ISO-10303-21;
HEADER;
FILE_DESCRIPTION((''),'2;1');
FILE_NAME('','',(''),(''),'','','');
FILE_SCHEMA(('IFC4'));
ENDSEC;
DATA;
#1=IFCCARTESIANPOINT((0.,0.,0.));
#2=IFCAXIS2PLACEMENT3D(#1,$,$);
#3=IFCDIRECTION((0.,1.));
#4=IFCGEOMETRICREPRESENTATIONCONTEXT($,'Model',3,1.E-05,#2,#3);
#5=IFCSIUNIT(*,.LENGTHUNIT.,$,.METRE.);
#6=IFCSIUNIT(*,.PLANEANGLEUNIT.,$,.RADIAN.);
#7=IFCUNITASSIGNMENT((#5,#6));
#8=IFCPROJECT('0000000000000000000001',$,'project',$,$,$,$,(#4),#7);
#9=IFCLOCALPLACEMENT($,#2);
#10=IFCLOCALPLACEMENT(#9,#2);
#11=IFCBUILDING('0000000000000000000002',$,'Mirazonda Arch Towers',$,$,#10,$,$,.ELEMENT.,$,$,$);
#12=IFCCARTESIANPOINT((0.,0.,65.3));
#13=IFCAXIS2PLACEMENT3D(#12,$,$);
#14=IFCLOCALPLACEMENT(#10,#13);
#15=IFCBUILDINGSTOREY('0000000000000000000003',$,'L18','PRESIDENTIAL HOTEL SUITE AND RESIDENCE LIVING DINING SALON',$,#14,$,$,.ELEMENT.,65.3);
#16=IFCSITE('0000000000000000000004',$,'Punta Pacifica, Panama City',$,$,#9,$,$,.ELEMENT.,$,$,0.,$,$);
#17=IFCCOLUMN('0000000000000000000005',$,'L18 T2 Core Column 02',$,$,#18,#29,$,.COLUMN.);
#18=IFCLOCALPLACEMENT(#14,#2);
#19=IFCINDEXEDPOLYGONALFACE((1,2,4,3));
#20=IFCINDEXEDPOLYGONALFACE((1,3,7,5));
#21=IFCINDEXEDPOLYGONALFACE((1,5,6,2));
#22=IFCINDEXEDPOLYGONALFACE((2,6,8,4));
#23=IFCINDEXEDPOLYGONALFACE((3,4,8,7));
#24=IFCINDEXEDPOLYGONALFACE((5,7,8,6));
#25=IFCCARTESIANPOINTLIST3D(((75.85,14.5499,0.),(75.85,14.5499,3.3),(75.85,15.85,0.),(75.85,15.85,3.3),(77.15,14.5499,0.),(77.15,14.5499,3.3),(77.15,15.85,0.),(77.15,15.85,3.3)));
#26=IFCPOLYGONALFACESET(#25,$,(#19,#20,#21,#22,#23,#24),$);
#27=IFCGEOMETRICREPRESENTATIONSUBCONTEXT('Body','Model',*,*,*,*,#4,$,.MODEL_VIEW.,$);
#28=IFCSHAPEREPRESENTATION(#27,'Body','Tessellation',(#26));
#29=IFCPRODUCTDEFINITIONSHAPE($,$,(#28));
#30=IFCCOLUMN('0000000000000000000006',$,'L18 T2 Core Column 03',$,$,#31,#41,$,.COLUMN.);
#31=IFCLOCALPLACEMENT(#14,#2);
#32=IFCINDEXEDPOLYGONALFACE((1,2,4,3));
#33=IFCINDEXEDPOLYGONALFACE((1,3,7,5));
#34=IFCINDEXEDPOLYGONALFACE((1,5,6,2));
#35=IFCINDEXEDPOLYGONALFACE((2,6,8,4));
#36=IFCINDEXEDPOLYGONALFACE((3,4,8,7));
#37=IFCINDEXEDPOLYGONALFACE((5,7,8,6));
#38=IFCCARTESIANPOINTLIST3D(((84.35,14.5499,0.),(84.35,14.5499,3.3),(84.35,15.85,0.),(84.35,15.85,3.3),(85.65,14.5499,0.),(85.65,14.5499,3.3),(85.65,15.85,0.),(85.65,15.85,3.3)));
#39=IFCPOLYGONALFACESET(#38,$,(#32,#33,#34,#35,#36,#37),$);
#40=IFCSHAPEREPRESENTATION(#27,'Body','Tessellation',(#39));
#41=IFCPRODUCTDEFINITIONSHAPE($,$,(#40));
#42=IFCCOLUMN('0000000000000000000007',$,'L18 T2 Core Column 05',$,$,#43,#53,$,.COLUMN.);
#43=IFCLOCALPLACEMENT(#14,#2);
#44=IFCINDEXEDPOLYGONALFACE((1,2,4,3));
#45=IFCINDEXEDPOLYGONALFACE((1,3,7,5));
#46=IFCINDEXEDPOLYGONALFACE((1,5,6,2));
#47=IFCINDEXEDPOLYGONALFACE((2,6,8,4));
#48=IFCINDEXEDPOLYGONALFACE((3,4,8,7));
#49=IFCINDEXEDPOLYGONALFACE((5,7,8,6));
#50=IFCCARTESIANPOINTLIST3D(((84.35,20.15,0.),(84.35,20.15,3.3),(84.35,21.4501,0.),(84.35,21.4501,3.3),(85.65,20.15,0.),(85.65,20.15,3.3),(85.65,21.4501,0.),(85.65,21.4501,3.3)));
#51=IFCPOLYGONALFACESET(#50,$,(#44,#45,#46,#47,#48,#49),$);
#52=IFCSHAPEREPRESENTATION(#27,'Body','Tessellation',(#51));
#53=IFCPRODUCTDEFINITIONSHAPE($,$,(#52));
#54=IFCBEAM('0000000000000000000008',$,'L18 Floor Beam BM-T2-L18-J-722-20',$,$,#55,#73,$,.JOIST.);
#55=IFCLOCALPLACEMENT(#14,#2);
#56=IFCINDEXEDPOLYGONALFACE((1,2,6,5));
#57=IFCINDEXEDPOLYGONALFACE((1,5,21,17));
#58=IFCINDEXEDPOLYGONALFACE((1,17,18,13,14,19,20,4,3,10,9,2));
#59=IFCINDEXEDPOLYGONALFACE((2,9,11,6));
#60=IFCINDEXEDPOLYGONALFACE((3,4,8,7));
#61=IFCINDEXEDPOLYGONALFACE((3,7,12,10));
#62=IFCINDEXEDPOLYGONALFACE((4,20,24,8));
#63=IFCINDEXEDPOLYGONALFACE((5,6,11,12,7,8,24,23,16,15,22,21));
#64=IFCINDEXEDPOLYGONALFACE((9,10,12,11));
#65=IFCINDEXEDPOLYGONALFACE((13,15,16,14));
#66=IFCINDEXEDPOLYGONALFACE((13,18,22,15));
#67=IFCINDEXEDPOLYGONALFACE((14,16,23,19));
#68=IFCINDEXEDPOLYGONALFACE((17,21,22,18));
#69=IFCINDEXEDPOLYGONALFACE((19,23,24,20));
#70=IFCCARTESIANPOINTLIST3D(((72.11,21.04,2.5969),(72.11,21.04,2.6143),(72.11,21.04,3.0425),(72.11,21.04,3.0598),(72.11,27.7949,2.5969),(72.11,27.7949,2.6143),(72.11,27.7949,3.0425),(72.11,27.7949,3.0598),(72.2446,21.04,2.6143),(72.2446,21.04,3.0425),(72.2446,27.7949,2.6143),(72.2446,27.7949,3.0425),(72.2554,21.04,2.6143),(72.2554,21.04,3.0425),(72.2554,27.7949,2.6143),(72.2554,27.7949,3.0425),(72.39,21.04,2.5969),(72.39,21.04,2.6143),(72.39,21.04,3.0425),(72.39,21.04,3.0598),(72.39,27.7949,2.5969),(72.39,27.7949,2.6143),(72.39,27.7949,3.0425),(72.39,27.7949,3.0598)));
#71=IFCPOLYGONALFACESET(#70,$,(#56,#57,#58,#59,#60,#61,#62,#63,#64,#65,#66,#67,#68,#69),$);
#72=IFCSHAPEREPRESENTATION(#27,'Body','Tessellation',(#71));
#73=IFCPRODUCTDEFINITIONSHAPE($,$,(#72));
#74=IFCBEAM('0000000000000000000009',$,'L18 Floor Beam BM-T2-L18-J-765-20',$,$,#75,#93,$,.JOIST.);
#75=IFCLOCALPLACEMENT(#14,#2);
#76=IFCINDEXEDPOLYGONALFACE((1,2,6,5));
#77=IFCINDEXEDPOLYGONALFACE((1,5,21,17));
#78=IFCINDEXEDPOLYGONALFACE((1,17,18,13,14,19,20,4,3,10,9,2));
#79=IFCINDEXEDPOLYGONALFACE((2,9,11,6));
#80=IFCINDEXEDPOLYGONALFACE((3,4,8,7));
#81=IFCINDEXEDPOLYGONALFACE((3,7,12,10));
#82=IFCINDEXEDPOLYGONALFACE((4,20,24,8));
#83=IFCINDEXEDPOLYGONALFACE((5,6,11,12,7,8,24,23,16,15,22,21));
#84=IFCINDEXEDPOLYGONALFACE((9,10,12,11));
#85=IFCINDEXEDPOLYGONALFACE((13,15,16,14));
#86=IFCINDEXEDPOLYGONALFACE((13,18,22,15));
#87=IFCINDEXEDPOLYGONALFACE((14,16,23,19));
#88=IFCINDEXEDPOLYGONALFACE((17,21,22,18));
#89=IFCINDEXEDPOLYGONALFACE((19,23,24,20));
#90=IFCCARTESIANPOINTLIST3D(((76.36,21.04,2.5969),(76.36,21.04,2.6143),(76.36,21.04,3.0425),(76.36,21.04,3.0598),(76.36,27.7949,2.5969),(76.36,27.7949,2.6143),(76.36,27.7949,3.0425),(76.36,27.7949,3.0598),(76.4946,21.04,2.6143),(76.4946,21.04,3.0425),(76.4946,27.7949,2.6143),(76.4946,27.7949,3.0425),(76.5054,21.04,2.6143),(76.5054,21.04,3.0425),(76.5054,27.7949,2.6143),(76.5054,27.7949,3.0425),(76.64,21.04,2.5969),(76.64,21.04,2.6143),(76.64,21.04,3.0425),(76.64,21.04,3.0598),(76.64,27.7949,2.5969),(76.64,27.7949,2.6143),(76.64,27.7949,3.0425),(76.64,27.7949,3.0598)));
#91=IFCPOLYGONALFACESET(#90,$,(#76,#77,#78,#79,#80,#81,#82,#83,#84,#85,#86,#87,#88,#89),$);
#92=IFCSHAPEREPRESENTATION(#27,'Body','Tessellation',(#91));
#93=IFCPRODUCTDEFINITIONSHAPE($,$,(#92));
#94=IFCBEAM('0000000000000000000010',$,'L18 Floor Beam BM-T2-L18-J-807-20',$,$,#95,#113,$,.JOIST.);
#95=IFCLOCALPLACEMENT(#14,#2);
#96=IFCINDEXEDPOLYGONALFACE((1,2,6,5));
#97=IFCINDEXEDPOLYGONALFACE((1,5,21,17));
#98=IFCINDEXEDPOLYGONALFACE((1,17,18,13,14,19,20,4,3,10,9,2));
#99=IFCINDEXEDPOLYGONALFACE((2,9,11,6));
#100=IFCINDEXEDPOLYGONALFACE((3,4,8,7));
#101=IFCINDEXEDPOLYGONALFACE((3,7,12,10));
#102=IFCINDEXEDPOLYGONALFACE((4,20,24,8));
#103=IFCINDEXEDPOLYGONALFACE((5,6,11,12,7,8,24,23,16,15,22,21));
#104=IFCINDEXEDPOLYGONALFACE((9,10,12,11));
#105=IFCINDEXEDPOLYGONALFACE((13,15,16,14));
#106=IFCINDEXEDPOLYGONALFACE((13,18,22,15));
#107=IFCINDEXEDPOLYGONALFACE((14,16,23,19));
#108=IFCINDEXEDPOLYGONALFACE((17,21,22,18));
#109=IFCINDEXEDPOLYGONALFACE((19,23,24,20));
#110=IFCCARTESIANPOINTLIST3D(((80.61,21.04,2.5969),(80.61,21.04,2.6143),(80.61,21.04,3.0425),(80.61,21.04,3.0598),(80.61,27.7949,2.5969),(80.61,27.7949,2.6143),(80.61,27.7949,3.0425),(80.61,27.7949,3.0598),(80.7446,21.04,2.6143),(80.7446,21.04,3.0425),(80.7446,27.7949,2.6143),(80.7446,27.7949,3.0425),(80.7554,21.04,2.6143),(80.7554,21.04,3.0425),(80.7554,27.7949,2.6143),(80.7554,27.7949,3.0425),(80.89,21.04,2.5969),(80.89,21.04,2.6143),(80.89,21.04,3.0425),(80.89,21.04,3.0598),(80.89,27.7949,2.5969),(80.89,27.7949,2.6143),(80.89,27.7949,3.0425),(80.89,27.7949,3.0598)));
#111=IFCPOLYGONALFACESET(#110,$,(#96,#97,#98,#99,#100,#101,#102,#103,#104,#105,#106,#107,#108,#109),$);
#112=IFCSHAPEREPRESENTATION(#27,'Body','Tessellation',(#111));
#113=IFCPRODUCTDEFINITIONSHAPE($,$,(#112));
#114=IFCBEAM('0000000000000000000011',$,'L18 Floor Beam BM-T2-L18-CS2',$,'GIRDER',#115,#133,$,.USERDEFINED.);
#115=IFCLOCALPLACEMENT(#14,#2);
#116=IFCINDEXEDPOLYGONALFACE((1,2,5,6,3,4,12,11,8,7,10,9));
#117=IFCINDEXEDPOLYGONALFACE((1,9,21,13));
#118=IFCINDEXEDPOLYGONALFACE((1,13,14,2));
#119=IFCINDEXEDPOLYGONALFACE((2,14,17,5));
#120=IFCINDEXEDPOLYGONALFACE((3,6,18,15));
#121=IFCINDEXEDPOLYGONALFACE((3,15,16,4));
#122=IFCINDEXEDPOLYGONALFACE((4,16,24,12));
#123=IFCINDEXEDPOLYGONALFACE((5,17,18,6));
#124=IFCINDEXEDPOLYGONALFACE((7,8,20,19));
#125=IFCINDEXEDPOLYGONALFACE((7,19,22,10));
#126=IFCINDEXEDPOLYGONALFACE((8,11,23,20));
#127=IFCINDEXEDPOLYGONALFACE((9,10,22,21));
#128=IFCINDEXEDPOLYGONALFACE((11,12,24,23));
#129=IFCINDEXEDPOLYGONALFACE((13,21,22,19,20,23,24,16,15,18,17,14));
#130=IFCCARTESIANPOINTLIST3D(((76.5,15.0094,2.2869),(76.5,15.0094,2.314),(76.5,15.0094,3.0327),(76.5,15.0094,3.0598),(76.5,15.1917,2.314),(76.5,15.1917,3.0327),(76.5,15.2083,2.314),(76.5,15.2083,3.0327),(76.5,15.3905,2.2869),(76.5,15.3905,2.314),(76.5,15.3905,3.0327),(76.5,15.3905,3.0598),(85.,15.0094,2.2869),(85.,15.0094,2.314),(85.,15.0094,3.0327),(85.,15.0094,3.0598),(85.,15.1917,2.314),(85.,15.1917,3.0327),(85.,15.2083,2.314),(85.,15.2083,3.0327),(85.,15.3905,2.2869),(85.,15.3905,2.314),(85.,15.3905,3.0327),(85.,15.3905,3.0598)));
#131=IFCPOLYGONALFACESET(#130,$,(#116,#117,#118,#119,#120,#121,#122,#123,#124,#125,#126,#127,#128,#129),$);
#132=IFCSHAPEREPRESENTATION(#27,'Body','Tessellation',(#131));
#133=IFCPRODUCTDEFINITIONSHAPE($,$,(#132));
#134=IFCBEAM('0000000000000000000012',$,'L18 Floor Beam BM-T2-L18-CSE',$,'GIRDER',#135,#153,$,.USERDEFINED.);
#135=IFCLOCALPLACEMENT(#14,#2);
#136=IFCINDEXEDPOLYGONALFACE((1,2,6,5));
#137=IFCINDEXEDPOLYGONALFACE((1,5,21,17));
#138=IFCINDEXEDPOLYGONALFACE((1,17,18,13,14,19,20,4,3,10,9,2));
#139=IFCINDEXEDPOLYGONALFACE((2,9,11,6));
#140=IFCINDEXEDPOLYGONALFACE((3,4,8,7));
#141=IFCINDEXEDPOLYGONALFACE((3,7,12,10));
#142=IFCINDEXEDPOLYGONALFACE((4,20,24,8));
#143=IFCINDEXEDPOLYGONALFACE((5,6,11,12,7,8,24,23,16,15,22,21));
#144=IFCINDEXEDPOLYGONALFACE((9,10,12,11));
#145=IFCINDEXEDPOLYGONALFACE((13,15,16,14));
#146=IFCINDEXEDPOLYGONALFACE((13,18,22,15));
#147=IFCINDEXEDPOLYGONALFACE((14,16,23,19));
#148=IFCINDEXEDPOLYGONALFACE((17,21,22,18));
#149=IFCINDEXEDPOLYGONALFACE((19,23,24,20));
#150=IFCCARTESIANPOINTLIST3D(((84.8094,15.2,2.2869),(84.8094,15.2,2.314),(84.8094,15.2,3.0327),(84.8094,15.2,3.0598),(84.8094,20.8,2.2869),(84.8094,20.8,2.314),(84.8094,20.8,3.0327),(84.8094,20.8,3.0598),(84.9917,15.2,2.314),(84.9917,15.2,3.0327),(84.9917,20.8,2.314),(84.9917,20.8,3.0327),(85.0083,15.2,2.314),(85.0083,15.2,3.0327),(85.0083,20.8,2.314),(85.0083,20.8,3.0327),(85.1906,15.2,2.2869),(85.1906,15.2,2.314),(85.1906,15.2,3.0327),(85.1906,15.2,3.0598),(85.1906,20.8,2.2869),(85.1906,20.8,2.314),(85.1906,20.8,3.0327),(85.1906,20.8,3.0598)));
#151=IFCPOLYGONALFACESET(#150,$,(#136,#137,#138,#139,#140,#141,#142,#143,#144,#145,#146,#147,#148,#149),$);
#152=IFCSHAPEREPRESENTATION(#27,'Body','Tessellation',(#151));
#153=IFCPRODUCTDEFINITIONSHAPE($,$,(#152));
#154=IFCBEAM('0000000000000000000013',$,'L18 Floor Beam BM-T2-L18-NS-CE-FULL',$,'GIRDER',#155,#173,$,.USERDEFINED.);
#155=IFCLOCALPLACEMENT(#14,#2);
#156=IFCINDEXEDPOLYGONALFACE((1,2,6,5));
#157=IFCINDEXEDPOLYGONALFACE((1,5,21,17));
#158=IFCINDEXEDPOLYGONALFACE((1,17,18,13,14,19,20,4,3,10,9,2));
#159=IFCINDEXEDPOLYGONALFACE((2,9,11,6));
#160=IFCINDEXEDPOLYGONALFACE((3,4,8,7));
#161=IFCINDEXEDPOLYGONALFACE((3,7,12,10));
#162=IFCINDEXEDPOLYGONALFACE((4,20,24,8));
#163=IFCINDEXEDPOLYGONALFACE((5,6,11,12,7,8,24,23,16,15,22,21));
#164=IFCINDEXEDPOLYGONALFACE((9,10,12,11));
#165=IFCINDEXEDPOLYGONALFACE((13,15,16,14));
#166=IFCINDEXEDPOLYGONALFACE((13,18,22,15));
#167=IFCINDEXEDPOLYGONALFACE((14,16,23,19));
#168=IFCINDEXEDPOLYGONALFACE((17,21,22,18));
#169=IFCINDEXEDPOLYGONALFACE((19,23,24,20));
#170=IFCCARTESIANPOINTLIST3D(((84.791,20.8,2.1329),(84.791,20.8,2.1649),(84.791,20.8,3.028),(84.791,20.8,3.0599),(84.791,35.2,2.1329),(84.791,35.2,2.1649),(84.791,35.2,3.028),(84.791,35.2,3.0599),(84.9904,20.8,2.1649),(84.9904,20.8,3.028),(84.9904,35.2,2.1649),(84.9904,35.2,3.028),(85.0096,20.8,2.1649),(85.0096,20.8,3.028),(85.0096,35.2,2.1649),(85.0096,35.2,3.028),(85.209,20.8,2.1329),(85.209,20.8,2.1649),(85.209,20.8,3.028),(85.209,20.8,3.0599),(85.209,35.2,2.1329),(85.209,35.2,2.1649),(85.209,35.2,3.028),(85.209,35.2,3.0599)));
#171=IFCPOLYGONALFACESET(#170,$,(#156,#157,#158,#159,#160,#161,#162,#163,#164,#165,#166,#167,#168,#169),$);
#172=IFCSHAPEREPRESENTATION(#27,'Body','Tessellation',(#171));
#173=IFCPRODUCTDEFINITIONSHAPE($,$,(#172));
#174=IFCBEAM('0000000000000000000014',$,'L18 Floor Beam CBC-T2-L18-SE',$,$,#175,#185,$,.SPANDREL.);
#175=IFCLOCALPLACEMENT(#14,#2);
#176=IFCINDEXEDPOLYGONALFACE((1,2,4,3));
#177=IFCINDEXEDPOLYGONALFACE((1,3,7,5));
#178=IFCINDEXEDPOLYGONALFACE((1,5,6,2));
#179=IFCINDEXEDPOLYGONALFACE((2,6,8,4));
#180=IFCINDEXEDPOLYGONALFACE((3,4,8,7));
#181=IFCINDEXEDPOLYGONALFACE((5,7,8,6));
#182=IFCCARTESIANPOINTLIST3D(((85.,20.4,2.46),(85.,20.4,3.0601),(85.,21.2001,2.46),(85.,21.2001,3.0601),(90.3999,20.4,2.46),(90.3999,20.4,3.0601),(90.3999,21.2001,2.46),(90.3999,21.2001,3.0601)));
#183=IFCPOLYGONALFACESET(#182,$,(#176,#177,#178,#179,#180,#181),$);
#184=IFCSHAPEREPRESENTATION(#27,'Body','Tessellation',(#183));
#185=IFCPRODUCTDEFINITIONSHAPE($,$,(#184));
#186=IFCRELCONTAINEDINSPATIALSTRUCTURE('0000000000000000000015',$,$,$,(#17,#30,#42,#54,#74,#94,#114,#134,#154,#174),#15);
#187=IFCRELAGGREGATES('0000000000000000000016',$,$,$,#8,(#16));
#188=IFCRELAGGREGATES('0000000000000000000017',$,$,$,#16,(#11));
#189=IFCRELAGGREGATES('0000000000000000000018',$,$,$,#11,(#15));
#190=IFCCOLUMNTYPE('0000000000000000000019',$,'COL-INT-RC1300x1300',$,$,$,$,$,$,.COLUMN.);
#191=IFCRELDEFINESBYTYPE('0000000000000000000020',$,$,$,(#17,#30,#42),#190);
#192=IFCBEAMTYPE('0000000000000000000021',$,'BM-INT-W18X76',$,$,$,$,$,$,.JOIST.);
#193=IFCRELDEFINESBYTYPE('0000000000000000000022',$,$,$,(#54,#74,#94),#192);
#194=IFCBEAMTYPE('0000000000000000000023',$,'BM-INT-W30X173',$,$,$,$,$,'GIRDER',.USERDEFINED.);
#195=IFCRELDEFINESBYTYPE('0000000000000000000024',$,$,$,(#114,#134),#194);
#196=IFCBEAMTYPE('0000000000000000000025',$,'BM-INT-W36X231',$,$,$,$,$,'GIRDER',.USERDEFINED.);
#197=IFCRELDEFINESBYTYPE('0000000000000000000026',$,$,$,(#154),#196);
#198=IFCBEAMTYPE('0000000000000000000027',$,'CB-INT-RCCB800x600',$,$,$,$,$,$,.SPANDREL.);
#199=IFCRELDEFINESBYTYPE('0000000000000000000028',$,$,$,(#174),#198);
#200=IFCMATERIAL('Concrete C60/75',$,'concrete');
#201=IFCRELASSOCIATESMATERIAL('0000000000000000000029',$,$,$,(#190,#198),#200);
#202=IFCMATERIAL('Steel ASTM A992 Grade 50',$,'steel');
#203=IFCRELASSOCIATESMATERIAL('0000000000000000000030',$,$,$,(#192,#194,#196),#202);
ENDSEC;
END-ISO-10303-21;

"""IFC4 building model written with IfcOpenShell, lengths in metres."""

from ifc_helpers import new_model, si_unit, direction, frame, origin, origin_2d, place, context, subcontext, project, spatial, rectangle, i_section, extrude, material, material_profile, profile_set, type_object, element, save


model = new_model("IFC4")

# Units and contexts
model_context = context("Model", 3, precision=1e-05, world=origin(), true_north=direction((0.0, 1.0)))
body_context = subcontext(model_context, "Body", "Model", "MODEL_VIEW")
ifc_project = project(units=[si_unit("LENGTHUNIT", "METRE"), si_unit("PLANEANGLEUNIT", "RADIAN")], contexts=[model_context])

# Site, building, storey
site_placement = place(None, origin())
site = spatial("IfcSite", under=ifc_project, at=site_placement, Name="Punta Pacifica, Panama City", CompositionType="ELEMENT", RefElevation=0.0)
building_placement = place(site_placement, origin())
building = spatial("IfcBuilding", under=site, at=building_placement, Name="Mirazonda Arch Towers", CompositionType="ELEMENT")
storey_placement = place(building_placement, frame((0.0, 0.0, 65.3)))
storey = spatial("IfcBuildingStorey", under=building, at=storey_placement, Name="L18", Description="PRESIDENTIAL HOTEL SUITE AND RESIDENCE LIVING DINING SALON", CompositionType="ELEMENT", Elevation=65.3)

# Columns
ifc_material_1 = material(Name="Concrete C60/75", Category="concrete")
ifc_material_profile_1 = material_profile(ifc_material_1, rectangle(XDim=1.3, YDim=1.3, at=origin_2d()), Name="RC1300x1300")
ifc_profile_set_1 = profile_set([ifc_material_profile_1], Name="Concrete C60/75")
column_type = type_object("IfcColumnType", Name="COL-INT-RC1300x1300", PredefinedType="COLUMN", material=ifc_profile_set_1)
for number, where, z_axis, x_axis, name in (
    (1, (76.5, 15.2, 0.0), (0.0, 0.0, 1.0), (1.0, 0.0, 0.0), "L18 T2 Core Column 02"),
    (2, (85.0, 15.2, 0.0), (0.0, 0.0, 1.0), (1.0, 0.0, 0.0), "L18 T2 Core Column 03"),
    (3, (85.0, 20.8, 0.0), (0.0, 0.0, 1.0), (1.0, 0.0, 0.0), "L18 T2 Core Column 05"),
):
    element("IfcColumn", number, at=place(storey_placement, frame(where, z_axis=z_axis, x_axis=x_axis)), inside=storey, type_object=column_type, Name=name, PredefinedType="COLUMN", context=body_context, shape_type="SweptSolid", body=[
        extrude(rectangle(XDim=1.3, YDim=1.3, at=origin_2d()), origin(), (0.0, 0.0, 1.0), 3.3),
    ])

# Beams
ifc_material_2 = material(Name="Steel ASTM A992 Grade 50", Category="steel")
ifc_material_profile_2 = material_profile(ifc_material_2, i_section(OverallWidth=0.28, OverallDepth=0.4629, WebThickness=0.0107, FlangeThickness=0.0173, at=origin_2d()), Name="W18X76")
ifc_profile_set_2 = profile_set([ifc_material_profile_2], Name="Steel ASTM A992 Grade 50")
beam_type_1 = type_object("IfcBeamType", Name="BM-INT-W18X76", PredefinedType="JOIST", material=ifc_profile_set_2)
for number, where, z_axis, x_axis, name in (
    (4, (72.25, 21.04, 2.8284), (0.0, 1.0, 0.0), (-1.0, 0.0, 0.0), "L18 Floor Beam BM-T2-L18-J-722-20"),
    (5, (76.5, 21.04, 2.8284), (0.0, 1.0, 0.0), (-1.0, 0.0, 0.0), "L18 Floor Beam BM-T2-L18-J-765-20"),
    (6, (80.75, 21.04, 2.8284), (0.0, 1.0, 0.0), (-1.0, 0.0, 0.0), "L18 Floor Beam BM-T2-L18-J-807-20"),
):
    element("IfcBeam", number, at=place(storey_placement, frame(where, z_axis=z_axis, x_axis=x_axis)), inside=storey, type_object=beam_type_1, Name=name, PredefinedType="JOIST", context=body_context, shape_type="SweptSolid", body=[
        extrude(i_section(OverallWidth=0.28, OverallDepth=0.4629, WebThickness=0.0107, FlangeThickness=0.0173, at=origin_2d()), origin(), (0.0, 0.0, 1.0), 6.7549),
    ])
ifc_material_profile_3 = material_profile(ifc_material_2, i_section(OverallWidth=0.3811, OverallDepth=0.7729, WebThickness=0.0166, FlangeThickness=0.0271, at=origin_2d()), Name="W30X173")
ifc_profile_set_3 = profile_set([ifc_material_profile_3], Name="Steel ASTM A992 Grade 50")
beam_type_2 = type_object("IfcBeamType", Name="BM-INT-W30X173", ElementType="GIRDER", PredefinedType="USERDEFINED", material=ifc_profile_set_3)
beam_1_placement = place(storey_placement, frame((76.5, 15.2, 2.6733), z_axis=(1.0, 0.0, 0.0), x_axis=(0.0, 1.0, 0.0)))
element("IfcBeam", 7, at=beam_1_placement, inside=storey, type_object=beam_type_2, Name="L18 Floor Beam BM-T2-L18-CS2", ObjectType="GIRDER", PredefinedType="USERDEFINED", context=body_context, shape_type="SweptSolid", body=[
    extrude(i_section(OverallWidth=0.3811, OverallDepth=0.7729, WebThickness=0.0166, FlangeThickness=0.0271, at=origin_2d()), origin(), (0.0, 0.0, 1.0), 8.5),
])
beam_2_placement = place(storey_placement, frame((85.0, 15.2, 2.6733), z_axis=(0.0, 1.0, 0.0), x_axis=(-1.0, 0.0, 0.0)))
element("IfcBeam", 8, at=beam_2_placement, inside=storey, type_object=beam_type_2, Name="L18 Floor Beam BM-T2-L18-CSE", ObjectType="GIRDER", PredefinedType="USERDEFINED", context=body_context, shape_type="SweptSolid", body=[
    extrude(i_section(OverallWidth=0.3811, OverallDepth=0.7729, WebThickness=0.0166, FlangeThickness=0.0271, at=origin_2d()), origin(), (0.0, 0.0, 1.0), 5.6001),
])
ifc_material_profile_4 = material_profile(ifc_material_2, i_section(OverallWidth=0.418, OverallDepth=0.927, WebThickness=0.0193, FlangeThickness=0.032, at=origin_2d()), Name="W36X231")
ifc_profile_set_4 = profile_set([ifc_material_profile_4], Name="Steel ASTM A992 Grade 50")
beam_type_3 = type_object("IfcBeamType", Name="BM-INT-W36X231", ElementType="GIRDER", PredefinedType="USERDEFINED", material=ifc_profile_set_4)
beam_3_placement = place(storey_placement, frame((85.0, 20.8, 2.5964), z_axis=(0.0, 1.0, 0.0), x_axis=(-1.0, 0.0, 0.0)))
element("IfcBeam", 9, at=beam_3_placement, inside=storey, type_object=beam_type_3, Name="L18 Floor Beam BM-T2-L18-NS-CE-FULL", ObjectType="GIRDER", PredefinedType="USERDEFINED", context=body_context, shape_type="SweptSolid", body=[
    extrude(i_section(OverallWidth=0.418, OverallDepth=0.927, WebThickness=0.0193, FlangeThickness=0.032, at=origin_2d()), origin(), (0.0, 0.0, 1.0), 14.3999),
])
ifc_material_profile_5 = material_profile(ifc_material_1, rectangle(XDim=0.8, YDim=0.6001, at=origin_2d()), Name="RCCB800x600")
ifc_profile_set_5 = profile_set([ifc_material_profile_5], Name="Concrete C60/75")
beam_type_4 = type_object("IfcBeamType", Name="CB-INT-RCCB800x600", PredefinedType="SPANDREL", material=ifc_profile_set_5)
beam_4_placement = place(storey_placement, frame((85.0, 20.8, 2.76), z_axis=(1.0, 0.0, 0.0), x_axis=(0.0, 1.0, 0.0)))
element("IfcBeam", 10, at=beam_4_placement, inside=storey, type_object=beam_type_4, Name="L18 Floor Beam CBC-T2-L18-SE", PredefinedType="SPANDREL", context=body_context, shape_type="SweptSolid", body=[
    extrude(rectangle(XDim=0.8, YDim=0.6001, at=origin_2d()), origin(), (0.0, 0.0, 1.0), 5.3999),
])

save(model, "model.ifc")
